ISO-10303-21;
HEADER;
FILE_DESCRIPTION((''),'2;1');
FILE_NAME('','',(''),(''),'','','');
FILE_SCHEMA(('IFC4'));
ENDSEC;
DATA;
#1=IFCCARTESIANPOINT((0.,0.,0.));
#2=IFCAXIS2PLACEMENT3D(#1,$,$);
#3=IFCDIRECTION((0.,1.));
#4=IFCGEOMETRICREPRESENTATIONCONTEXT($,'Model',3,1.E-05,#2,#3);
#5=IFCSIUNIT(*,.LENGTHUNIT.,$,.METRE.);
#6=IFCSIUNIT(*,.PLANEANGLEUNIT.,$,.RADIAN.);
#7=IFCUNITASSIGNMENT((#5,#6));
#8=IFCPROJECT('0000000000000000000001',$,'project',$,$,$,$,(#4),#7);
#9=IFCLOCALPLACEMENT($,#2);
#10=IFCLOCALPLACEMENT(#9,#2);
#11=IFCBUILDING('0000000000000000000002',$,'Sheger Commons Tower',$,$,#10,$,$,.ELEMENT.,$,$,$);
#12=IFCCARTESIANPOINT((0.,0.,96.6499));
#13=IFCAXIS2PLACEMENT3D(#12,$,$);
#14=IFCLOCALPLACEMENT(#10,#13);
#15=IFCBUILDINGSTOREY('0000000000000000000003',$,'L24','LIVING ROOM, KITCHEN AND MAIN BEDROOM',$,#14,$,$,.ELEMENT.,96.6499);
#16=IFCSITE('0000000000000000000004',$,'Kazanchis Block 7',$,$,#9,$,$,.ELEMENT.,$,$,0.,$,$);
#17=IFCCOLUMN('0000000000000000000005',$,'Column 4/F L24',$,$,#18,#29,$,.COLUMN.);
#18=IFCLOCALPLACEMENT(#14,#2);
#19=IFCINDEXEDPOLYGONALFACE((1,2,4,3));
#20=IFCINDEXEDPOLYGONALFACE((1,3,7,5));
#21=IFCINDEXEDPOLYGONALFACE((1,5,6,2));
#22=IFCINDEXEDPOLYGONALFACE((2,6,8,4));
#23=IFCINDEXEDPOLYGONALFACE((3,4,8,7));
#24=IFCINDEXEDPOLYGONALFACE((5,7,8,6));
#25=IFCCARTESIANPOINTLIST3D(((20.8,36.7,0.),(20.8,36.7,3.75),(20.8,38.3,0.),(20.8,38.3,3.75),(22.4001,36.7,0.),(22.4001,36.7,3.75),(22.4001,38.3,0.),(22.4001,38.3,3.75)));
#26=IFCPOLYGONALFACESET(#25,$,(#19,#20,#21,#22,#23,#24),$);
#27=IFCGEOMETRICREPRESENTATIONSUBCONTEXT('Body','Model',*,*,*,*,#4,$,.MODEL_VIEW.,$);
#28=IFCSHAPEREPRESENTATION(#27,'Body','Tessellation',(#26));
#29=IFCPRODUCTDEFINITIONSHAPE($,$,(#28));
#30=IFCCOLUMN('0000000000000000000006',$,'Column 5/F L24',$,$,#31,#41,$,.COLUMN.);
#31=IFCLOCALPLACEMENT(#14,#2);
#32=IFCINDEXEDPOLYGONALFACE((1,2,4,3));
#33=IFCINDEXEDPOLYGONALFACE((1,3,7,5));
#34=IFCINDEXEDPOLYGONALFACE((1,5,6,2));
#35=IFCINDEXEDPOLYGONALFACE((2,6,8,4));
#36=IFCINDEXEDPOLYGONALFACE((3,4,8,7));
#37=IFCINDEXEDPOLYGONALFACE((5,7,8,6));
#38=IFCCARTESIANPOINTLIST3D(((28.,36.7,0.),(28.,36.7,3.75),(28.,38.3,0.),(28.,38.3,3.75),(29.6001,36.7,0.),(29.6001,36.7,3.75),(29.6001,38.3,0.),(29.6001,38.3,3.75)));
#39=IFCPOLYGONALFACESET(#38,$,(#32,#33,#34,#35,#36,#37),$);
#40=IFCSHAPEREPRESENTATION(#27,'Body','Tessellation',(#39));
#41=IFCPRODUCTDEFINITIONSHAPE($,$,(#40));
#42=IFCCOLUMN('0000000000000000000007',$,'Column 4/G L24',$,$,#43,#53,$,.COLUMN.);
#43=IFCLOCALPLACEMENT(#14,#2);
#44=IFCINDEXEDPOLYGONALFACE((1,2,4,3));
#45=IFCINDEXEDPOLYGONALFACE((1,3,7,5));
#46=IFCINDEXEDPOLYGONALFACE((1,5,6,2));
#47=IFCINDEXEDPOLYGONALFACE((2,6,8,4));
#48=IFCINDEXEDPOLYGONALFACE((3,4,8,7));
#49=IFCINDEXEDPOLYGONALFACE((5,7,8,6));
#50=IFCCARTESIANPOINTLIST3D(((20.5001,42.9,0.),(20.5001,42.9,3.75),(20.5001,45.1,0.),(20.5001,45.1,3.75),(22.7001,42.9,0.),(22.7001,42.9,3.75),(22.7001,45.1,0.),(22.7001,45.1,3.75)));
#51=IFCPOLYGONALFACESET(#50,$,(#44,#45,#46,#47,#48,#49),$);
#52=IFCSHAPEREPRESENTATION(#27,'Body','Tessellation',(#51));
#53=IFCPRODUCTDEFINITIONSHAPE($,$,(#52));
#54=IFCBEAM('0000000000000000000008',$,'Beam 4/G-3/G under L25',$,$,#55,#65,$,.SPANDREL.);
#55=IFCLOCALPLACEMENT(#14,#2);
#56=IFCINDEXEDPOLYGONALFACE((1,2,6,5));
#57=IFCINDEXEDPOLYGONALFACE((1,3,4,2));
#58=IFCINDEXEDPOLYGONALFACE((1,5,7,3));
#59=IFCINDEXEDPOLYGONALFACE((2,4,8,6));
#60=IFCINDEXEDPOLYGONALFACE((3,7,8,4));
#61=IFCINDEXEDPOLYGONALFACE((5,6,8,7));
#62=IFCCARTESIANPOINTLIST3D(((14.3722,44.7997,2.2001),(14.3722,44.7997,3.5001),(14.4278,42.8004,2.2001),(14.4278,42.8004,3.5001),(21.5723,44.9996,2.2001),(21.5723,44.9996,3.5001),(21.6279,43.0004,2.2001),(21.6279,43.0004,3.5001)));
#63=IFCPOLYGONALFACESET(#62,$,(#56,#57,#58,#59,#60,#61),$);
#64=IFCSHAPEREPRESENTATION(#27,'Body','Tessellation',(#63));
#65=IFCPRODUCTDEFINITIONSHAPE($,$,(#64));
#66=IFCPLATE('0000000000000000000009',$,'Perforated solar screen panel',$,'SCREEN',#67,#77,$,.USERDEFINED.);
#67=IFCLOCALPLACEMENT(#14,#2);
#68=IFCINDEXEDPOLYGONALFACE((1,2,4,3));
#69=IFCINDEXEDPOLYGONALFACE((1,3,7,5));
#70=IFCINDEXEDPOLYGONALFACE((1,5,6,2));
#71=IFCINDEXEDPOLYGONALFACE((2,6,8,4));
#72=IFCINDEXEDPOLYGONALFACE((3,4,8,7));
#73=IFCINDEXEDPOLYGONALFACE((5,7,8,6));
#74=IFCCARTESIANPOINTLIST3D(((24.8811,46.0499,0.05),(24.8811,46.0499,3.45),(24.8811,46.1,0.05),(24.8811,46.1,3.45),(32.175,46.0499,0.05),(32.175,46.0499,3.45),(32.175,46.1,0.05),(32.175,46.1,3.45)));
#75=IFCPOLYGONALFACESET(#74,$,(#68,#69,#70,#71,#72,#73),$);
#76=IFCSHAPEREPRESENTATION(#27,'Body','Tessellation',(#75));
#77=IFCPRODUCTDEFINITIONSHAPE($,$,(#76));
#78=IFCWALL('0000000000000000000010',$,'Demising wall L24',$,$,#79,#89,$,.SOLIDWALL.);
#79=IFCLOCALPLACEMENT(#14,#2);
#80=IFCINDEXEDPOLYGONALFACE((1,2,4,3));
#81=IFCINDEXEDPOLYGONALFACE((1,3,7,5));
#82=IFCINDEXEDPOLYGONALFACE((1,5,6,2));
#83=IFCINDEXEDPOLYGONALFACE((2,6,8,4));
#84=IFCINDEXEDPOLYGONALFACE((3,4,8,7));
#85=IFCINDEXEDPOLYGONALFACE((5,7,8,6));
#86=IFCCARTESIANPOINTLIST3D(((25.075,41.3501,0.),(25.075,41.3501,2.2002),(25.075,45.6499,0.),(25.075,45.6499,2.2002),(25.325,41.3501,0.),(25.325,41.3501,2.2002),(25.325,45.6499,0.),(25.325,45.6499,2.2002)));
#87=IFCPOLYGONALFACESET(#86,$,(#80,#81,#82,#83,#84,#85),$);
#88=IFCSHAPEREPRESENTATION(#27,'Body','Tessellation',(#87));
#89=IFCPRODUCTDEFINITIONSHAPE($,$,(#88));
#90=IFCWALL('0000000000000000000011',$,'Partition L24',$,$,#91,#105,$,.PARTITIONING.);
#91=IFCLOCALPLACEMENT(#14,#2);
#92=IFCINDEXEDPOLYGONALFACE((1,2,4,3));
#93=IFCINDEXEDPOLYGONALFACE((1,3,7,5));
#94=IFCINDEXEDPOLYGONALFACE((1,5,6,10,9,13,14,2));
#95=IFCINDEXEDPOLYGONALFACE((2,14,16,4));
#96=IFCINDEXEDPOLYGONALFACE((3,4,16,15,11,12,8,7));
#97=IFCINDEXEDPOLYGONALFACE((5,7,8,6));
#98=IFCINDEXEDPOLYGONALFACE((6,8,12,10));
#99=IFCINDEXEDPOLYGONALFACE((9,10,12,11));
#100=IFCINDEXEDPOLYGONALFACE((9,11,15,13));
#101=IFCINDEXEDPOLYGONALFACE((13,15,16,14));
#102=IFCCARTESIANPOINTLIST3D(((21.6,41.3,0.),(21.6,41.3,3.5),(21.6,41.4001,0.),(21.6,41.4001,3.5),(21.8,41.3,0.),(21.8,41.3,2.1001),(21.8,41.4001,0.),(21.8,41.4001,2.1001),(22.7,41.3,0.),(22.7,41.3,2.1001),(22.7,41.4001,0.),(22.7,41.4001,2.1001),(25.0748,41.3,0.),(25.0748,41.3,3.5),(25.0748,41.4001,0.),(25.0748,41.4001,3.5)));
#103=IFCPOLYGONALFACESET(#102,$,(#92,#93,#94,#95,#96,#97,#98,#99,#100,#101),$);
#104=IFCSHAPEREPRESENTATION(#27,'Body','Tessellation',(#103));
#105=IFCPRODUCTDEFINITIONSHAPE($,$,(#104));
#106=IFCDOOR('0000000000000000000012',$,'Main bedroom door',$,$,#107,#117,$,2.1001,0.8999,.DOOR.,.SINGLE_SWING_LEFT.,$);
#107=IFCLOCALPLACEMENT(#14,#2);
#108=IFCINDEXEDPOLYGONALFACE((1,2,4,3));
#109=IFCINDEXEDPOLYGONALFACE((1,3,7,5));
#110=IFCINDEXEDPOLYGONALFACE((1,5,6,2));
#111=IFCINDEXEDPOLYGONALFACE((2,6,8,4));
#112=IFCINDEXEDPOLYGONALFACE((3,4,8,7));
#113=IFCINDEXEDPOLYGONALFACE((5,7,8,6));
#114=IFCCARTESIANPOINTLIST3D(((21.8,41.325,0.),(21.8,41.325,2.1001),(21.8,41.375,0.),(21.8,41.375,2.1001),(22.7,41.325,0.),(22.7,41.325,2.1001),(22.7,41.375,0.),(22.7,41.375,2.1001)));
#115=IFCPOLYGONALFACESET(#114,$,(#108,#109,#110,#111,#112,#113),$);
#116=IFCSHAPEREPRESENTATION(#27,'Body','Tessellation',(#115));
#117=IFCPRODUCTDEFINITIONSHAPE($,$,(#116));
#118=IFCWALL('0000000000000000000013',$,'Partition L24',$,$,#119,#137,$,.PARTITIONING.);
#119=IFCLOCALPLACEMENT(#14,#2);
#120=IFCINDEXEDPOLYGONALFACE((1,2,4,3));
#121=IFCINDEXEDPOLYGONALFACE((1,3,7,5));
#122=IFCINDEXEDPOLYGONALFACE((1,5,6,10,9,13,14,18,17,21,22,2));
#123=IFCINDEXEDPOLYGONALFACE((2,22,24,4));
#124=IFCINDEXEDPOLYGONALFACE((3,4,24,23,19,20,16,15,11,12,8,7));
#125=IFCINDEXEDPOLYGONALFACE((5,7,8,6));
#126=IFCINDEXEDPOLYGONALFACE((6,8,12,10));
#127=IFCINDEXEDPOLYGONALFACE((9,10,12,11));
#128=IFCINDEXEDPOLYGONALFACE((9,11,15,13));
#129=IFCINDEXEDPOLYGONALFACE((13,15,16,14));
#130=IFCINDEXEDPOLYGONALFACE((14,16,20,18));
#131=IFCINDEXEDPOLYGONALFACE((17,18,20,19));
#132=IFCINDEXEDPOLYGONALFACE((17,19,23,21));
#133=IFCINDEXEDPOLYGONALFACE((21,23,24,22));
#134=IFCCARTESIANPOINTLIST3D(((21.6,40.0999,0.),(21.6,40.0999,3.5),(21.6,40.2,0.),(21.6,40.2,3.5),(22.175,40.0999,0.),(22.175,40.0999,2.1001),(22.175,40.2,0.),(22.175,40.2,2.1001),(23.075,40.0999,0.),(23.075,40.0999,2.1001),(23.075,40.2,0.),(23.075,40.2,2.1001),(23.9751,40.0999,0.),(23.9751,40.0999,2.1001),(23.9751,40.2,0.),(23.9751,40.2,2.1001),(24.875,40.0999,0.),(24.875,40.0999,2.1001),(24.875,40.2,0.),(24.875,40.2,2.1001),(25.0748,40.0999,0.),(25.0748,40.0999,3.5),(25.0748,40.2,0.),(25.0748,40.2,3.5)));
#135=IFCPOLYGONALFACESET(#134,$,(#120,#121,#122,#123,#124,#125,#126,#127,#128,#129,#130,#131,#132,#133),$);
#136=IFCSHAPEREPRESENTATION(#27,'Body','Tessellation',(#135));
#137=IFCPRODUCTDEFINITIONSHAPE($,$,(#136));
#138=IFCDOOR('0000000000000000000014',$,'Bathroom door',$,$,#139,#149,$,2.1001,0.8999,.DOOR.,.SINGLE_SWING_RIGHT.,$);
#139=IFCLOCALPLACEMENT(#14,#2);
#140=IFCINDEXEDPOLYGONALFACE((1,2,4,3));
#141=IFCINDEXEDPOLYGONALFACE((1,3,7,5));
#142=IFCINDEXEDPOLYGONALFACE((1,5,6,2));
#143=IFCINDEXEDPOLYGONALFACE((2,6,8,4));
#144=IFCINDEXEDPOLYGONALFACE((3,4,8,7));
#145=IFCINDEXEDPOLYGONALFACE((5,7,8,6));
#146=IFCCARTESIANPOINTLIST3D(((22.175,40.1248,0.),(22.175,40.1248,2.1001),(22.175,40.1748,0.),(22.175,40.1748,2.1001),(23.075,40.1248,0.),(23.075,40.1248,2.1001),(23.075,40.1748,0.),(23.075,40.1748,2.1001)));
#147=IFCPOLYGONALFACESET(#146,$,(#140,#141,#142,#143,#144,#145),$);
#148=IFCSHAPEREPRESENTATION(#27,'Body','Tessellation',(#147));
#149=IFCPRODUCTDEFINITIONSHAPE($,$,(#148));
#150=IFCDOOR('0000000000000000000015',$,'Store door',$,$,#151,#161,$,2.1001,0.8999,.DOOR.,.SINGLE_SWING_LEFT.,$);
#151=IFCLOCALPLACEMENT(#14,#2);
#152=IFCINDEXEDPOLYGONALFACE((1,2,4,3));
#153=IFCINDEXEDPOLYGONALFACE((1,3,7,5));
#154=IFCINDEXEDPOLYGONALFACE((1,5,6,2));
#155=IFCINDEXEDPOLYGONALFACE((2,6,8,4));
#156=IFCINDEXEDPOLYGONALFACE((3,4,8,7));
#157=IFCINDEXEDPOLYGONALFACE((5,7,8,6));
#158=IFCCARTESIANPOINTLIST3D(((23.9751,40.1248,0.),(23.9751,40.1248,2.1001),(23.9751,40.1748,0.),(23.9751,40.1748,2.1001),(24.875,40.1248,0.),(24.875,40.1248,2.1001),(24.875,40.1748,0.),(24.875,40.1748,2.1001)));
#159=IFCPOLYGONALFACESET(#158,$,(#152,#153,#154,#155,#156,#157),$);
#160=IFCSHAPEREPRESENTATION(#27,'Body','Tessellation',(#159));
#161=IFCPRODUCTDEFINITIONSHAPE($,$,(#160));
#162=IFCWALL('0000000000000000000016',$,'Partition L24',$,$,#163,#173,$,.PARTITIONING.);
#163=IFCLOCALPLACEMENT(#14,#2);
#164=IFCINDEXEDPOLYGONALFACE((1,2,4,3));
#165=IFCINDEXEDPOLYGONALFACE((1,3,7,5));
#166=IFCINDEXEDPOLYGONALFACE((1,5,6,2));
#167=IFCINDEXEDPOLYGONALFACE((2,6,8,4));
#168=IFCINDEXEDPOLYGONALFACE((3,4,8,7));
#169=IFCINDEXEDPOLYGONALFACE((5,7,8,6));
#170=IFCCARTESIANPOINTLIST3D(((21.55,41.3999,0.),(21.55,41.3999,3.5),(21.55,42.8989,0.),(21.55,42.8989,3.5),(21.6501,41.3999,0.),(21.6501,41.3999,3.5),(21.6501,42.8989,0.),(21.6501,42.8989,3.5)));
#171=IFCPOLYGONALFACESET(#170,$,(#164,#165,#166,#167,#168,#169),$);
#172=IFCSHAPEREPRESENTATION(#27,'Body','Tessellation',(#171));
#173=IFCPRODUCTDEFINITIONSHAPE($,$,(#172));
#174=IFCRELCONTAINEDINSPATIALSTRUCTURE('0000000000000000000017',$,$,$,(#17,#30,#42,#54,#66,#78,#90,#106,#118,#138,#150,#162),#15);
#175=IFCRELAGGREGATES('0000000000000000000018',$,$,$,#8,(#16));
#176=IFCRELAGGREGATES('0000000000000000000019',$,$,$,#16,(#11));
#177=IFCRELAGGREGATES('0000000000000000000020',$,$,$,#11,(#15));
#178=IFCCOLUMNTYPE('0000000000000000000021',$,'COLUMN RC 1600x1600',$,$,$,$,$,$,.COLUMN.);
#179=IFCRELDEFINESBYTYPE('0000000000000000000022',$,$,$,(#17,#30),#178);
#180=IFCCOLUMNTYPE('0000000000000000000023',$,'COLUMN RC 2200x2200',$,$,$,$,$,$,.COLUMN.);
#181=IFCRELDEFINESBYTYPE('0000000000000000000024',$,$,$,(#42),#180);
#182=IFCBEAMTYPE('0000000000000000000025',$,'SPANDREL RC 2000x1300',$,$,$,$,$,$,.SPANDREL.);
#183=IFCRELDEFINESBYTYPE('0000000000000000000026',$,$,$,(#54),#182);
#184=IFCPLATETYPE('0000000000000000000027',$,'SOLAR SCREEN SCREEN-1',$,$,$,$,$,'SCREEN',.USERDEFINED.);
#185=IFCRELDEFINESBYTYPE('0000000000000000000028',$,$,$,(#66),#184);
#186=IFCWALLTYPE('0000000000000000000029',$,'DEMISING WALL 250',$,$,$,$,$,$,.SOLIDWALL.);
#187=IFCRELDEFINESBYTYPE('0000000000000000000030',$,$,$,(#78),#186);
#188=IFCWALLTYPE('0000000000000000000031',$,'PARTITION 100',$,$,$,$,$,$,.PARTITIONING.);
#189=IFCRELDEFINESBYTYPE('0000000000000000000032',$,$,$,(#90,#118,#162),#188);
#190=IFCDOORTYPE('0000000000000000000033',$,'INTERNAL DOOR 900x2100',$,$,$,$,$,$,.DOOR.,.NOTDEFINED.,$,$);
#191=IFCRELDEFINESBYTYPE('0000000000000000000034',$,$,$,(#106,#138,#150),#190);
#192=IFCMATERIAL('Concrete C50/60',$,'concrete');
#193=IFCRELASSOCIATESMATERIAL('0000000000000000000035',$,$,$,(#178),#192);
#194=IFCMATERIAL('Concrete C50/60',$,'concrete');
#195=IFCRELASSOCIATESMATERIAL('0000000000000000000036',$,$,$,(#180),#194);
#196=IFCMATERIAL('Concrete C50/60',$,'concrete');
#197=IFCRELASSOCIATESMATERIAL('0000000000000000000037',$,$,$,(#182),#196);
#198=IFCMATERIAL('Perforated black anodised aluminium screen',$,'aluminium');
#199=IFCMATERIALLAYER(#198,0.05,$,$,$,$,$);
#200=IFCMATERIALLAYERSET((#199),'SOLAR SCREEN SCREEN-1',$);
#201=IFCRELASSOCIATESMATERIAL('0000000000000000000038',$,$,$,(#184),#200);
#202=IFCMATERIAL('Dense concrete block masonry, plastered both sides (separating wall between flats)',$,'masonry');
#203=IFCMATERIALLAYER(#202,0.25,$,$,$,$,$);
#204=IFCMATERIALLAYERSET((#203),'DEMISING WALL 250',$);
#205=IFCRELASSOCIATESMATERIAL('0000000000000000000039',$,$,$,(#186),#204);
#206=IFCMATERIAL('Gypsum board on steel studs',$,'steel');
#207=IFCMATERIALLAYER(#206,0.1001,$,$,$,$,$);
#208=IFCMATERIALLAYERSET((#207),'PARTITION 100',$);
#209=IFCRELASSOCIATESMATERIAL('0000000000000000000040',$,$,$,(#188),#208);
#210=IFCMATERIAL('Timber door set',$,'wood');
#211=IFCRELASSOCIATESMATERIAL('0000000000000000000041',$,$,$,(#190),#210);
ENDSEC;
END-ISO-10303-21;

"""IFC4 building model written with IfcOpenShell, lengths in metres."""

from ifc_helpers import new_model, si_unit, direction, frame, frame_2d, origin, origin_2d, place, context, subcontext, project, spatial, rectangle, extrude, material, layer, layer_set, material_profile, profile_set, type_object, element, fill, save


model = new_model("IFC4")

# Units and contexts
model_context = context("Model", 3, precision=1e-05, world=origin(), true_north=direction((0.0, 1.0)))
body_context = subcontext(model_context, "Body", "Model", "MODEL_VIEW")
ifc_project = project(units=[si_unit("LENGTHUNIT", "METRE"), si_unit("PLANEANGLEUNIT", "RADIAN")], contexts=[model_context])

# Site, building, storey
site_placement = place(None, origin())
site = spatial("IfcSite", under=ifc_project, at=site_placement, Name="Kazanchis Block 7", CompositionType="ELEMENT", RefElevation=0.0)
building_placement = place(site_placement, origin())
building = spatial("IfcBuilding", under=site, at=building_placement, Name="Sheger Commons Tower", CompositionType="ELEMENT")
storey_placement = place(building_placement, frame((0.0, 0.0, 96.6499)))
storey = spatial("IfcBuildingStorey", under=building, at=storey_placement, Name="L24", Description="LIVING ROOM, KITCHEN AND MAIN BEDROOM", CompositionType="ELEMENT", Elevation=96.6499)

# Columns
ifc_material_1 = material(Name="Concrete C50/60", Category="concrete")
ifc_material_profile_1 = material_profile(ifc_material_1, rectangle(XDim=1.6001, YDim=1.6001, at=origin_2d()), Name="RC 1600x1600")
ifc_profile_set_1 = profile_set([ifc_material_profile_1], Name="Concrete C50/60")
column_type_1 = type_object("IfcColumnType", Name="COLUMN RC 1600x1600", PredefinedType="COLUMN", material=ifc_profile_set_1)
for number, where, z_axis, x_axis, name in (
    (1, (21.6001, 37.5, 0.0), (0.0, 0.0, 1.0), (1.0, 0.0, 0.0), "Column 4/F L24"),
    (2, (28.8, 37.5, 0.0), (0.0, 0.0, 1.0), (1.0, 0.0, 0.0), "Column 5/F L24"),
):
    element("IfcColumn", number, at=place(storey_placement, frame(where, z_axis=z_axis, x_axis=x_axis)), inside=storey, type_object=column_type_1, Name=name, PredefinedType="COLUMN", context=body_context, shape_type="SweptSolid", body=[
        extrude(rectangle(XDim=1.6001, YDim=1.6001, at=origin_2d()), origin(), (0.0, 0.0, 1.0), 3.75),
    ])
ifc_material_2 = material(Name="Concrete C50/60", Category="concrete")
ifc_material_profile_2 = material_profile(ifc_material_2, rectangle(XDim=2.2, YDim=2.2, at=origin_2d()), Name="RC 2200x2200")
ifc_profile_set_2 = profile_set([ifc_material_profile_2], Name="Concrete C50/60")
column_type_2 = type_object("IfcColumnType", Name="COLUMN RC 2200x2200", PredefinedType="COLUMN", material=ifc_profile_set_2)
column_placement = place(storey_placement, frame((21.6001, 44.0, 0.0), z_axis=(0.0, 0.0, 1.0), x_axis=(1.0, 0.0, 0.0)))
element("IfcColumn", 3, at=column_placement, inside=storey, type_object=column_type_2, Name="Column 4/G L24", PredefinedType="COLUMN", context=body_context, shape_type="SweptSolid", body=[
    extrude(rectangle(XDim=2.2, YDim=2.2, at=origin_2d()), origin(), (0.0, 0.0, 1.0), 3.75),
])

# Beam
ifc_material_3 = material(Name="Concrete C50/60", Category="concrete")
ifc_material_profile_3 = material_profile(ifc_material_3, rectangle(XDim=2.0, YDim=1.3, at=origin_2d()), Name="RC 2000x1300")
ifc_profile_set_3 = profile_set([ifc_material_profile_3], Name="Concrete C50/60")
beam_type = type_object("IfcBeamType", Name="SPANDREL RC 2000x1300", PredefinedType="SPANDREL", material=ifc_profile_set_3)
beam_placement = place(storey_placement, frame((21.6001, 44.0, 2.8501), z_axis=(-0.999615, -0.02776, 0.0), x_axis=(0.02776, -0.999615, 0.0)))
element("IfcBeam", 4, at=beam_placement, inside=storey, type_object=beam_type, Name="Beam 4/G-3/G under L25", PredefinedType="SPANDREL", context=body_context, shape_type="SweptSolid", body=[
    extrude(rectangle(XDim=2.0, YDim=1.3, at=origin_2d()), origin(), (0.0, 0.0, 1.0), 7.2029),
])

# Plate
ifc_material_4 = material(Name="Perforated black anodised aluminium screen", Category="aluminium")
ifc_layer_1 = layer(ifc_material_4, 0.05)
ifc_layer_set_1 = layer_set([ifc_layer_1], Name="SOLAR SCREEN SCREEN-1")
plate_type = type_object("IfcPlateType", Name="SOLAR SCREEN SCREEN-1", ElementType="SCREEN", PredefinedType="USERDEFINED", material=ifc_layer_set_1)
plate_placement = place(storey_placement, frame((28.5281, 46.075, 0.05), z_axis=(0.0, 0.0, 1.0), x_axis=(-1.0, 0.0, 0.0)))
element("IfcPlate", 5, at=plate_placement, inside=storey, type_object=plate_type, Name="Perforated solar screen panel", ObjectType="SCREEN", PredefinedType="USERDEFINED", context=body_context, shape_type="SweptSolid", body=[
    extrude(rectangle(XDim=7.2939, YDim=0.05, at=origin_2d()), origin(), (0.0, 0.0, 1.0), 3.3999),
])

# Wall
ifc_material_5 = material(Name="Dense concrete block masonry, plastered both sides (separating wall between flats)", Category="masonry")
ifc_layer_2 = layer(ifc_material_5, 0.25)
ifc_layer_set_2 = layer_set([ifc_layer_2], Name="DEMISING WALL 250")
wall_type_1 = type_object("IfcWallType", Name="DEMISING WALL 250", PredefinedType="SOLIDWALL", material=ifc_layer_set_2)
wall_1_placement = place(storey_placement, frame((25.2, 41.3501, 0.0), z_axis=(0.0, 0.0, 1.0), x_axis=(0.0, 1.0, 0.0)))
element("IfcWall", 6, at=wall_1_placement, inside=storey, type_object=wall_type_1, Name="Demising wall L24", PredefinedType="SOLIDWALL", context=body_context, shape_type="SweptSolid", body=[
    extrude(rectangle(XDim=4.2998, YDim=0.25, at=frame_2d((2.1499, 0.0))), origin(), (0.0, 0.0, 1.0), 2.2002),
])

# Wall, opening, door
ifc_material_6 = material(Name="Gypsum board on steel studs", Category="steel")
ifc_layer_3 = layer(ifc_material_6, 0.1001)
ifc_layer_set_3 = layer_set([ifc_layer_3], Name="PARTITION 100")
wall_type_2 = type_object("IfcWallType", Name="PARTITION 100", PredefinedType="PARTITIONING", material=ifc_layer_set_3)
wall_2_placement = place(storey_placement, frame((21.6001, 41.3501, 0.0), z_axis=(0.0, 0.0, 1.0), x_axis=(1.0, 0.0, 0.0)))
wall_2 = element("IfcWall", 7, at=wall_2_placement, inside=storey, type_object=wall_type_2, Name="Partition L24", PredefinedType="PARTITIONING", context=body_context, shape_type="SweptSolid", body=[
    extrude(rectangle(XDim=3.4749, YDim=0.1001, at=frame_2d((1.7373, 0.0))), origin(), (0.0, 0.0, 1.0), 3.5),
])
opening_1_placement = place(wall_2_placement, frame((0.2, 0.0, 0.0)))
opening_1 = element("IfcOpeningElement", 8, at=opening_1_placement, cuts=wall_2, PredefinedType="OPENING", context=body_context, shape_type="SweptSolid", body=[
    extrude(rectangle(XDim=0.8999, YDim=2.1001, at=frame_2d((0.45, 1.05))), frame((0.0, 0.0601, 0.0), z_axis=(0.0, -1.0, 0.0), x_axis=(1.0, 0.0, 0.0)), (0.0, 0.0, 1.0), 0.1201),
])
ifc_material_7 = material(Name="Timber door set", Category="wood")
door_type = type_object("IfcDoorType", Name="INTERNAL DOOR 900x2100", OperationType="NOTDEFINED", PredefinedType="DOOR", material=ifc_material_7)
door_1_placement = place(opening_1_placement, origin())
door_1 = element("IfcDoor", 9, at=door_1_placement, inside=storey, type_object=door_type, Name="Main bedroom door", OperationType="SINGLE_SWING_LEFT", OverallHeight=2.1001, OverallWidth=0.8999, PredefinedType="DOOR", context=body_context, shape_type="SweptSolid", body=[
    extrude(rectangle(XDim=0.8999, YDim=2.1001, at=frame_2d((0.45, 1.05))), frame((0.0, 0.0249, 0.0), z_axis=(0.0, -1.0, 0.0), x_axis=(1.0, 0.0, 0.0)), (0.0, 0.0, 1.0), 0.05),
])
fill(opening_1, door_1)

# Wall, openings, doors
wall_3_placement = place(storey_placement, frame((21.6001, 40.1499, 0.0), z_axis=(0.0, 0.0, 1.0), x_axis=(1.0, 0.0, 0.0)))
wall_3 = element("IfcWall", 10, at=wall_3_placement, inside=storey, type_object=wall_type_2, Name="Partition L24", PredefinedType="PARTITIONING", context=body_context, shape_type="SweptSolid", body=[
    extrude(rectangle(XDim=3.4749, YDim=0.1001, at=frame_2d((1.7373, 0.0))), origin(), (0.0, 0.0, 1.0), 3.5),
])
opening_2_placement = place(wall_3_placement, frame((0.575, 0.0, 0.0)))
opening_2 = element("IfcOpeningElement", 11, at=opening_2_placement, cuts=wall_3, PredefinedType="OPENING", context=body_context, shape_type="SweptSolid", body=[
    extrude(rectangle(XDim=0.8999, YDim=2.1001, at=frame_2d((0.45, 1.05))), frame((0.0, 0.0601, 0.0), z_axis=(0.0, -1.0, 0.0), x_axis=(1.0, 0.0, 0.0)), (0.0, 0.0, 1.0), 0.1201),
])
opening_3_placement = place(wall_3_placement, frame((2.375, 0.0, 0.0)))
opening_3 = element("IfcOpeningElement", 12, at=opening_3_placement, cuts=wall_3, PredefinedType="OPENING", context=body_context, shape_type="SweptSolid", body=[
    extrude(rectangle(XDim=0.8999, YDim=2.1001, at=frame_2d((0.45, 1.05))), frame((0.0, 0.0601, 0.0), z_axis=(0.0, -1.0, 0.0), x_axis=(1.0, 0.0, 0.0)), (0.0, 0.0, 1.0), 0.1201),
])
door_2_placement = place(opening_2_placement, origin())
door_2 = element("IfcDoor", 13, at=door_2_placement, inside=storey, type_object=door_type, Name="Bathroom door", OperationType="SINGLE_SWING_RIGHT", OverallHeight=2.1001, OverallWidth=0.8999, PredefinedType="DOOR", context=body_context, shape_type="SweptSolid", body=[
    extrude(rectangle(XDim=0.8999, YDim=2.1001, at=frame_2d((0.45, 1.05))), frame((0.0, 0.0249, 0.0), z_axis=(0.0, -1.0, 0.0), x_axis=(1.0, 0.0, 0.0)), (0.0, 0.0, 1.0), 0.05),
])
fill(opening_2, door_2)
door_3_placement = place(opening_3_placement, origin())
door_3 = element("IfcDoor", 14, at=door_3_placement, inside=storey, type_object=door_type, Name="Store door", OperationType="SINGLE_SWING_LEFT", OverallHeight=2.1001, OverallWidth=0.8999, PredefinedType="DOOR", context=body_context, shape_type="SweptSolid", body=[
    extrude(rectangle(XDim=0.8999, YDim=2.1001, at=frame_2d((0.45, 1.05))), frame((0.0, 0.0249, 0.0), z_axis=(0.0, -1.0, 0.0), x_axis=(1.0, 0.0, 0.0)), (0.0, 0.0, 1.0), 0.05),
])
fill(opening_3, door_3)

# Wall
wall_4_placement = place(storey_placement, frame((21.6001, 41.3999, 0.0), z_axis=(0.0, 0.0, 1.0), x_axis=(0.0, 1.0, 0.0)))
element("IfcWall", 15, at=wall_4_placement, inside=storey, type_object=wall_type_2, Name="Partition L24", PredefinedType="PARTITIONING", context=body_context, shape_type="SweptSolid", body=[
    extrude(rectangle(XDim=1.499, YDim=0.1001, at=frame_2d((0.7495, 0.0))), origin(), (0.0, 0.0, 1.0), 3.5),
])

save(model, "model.ifc")
